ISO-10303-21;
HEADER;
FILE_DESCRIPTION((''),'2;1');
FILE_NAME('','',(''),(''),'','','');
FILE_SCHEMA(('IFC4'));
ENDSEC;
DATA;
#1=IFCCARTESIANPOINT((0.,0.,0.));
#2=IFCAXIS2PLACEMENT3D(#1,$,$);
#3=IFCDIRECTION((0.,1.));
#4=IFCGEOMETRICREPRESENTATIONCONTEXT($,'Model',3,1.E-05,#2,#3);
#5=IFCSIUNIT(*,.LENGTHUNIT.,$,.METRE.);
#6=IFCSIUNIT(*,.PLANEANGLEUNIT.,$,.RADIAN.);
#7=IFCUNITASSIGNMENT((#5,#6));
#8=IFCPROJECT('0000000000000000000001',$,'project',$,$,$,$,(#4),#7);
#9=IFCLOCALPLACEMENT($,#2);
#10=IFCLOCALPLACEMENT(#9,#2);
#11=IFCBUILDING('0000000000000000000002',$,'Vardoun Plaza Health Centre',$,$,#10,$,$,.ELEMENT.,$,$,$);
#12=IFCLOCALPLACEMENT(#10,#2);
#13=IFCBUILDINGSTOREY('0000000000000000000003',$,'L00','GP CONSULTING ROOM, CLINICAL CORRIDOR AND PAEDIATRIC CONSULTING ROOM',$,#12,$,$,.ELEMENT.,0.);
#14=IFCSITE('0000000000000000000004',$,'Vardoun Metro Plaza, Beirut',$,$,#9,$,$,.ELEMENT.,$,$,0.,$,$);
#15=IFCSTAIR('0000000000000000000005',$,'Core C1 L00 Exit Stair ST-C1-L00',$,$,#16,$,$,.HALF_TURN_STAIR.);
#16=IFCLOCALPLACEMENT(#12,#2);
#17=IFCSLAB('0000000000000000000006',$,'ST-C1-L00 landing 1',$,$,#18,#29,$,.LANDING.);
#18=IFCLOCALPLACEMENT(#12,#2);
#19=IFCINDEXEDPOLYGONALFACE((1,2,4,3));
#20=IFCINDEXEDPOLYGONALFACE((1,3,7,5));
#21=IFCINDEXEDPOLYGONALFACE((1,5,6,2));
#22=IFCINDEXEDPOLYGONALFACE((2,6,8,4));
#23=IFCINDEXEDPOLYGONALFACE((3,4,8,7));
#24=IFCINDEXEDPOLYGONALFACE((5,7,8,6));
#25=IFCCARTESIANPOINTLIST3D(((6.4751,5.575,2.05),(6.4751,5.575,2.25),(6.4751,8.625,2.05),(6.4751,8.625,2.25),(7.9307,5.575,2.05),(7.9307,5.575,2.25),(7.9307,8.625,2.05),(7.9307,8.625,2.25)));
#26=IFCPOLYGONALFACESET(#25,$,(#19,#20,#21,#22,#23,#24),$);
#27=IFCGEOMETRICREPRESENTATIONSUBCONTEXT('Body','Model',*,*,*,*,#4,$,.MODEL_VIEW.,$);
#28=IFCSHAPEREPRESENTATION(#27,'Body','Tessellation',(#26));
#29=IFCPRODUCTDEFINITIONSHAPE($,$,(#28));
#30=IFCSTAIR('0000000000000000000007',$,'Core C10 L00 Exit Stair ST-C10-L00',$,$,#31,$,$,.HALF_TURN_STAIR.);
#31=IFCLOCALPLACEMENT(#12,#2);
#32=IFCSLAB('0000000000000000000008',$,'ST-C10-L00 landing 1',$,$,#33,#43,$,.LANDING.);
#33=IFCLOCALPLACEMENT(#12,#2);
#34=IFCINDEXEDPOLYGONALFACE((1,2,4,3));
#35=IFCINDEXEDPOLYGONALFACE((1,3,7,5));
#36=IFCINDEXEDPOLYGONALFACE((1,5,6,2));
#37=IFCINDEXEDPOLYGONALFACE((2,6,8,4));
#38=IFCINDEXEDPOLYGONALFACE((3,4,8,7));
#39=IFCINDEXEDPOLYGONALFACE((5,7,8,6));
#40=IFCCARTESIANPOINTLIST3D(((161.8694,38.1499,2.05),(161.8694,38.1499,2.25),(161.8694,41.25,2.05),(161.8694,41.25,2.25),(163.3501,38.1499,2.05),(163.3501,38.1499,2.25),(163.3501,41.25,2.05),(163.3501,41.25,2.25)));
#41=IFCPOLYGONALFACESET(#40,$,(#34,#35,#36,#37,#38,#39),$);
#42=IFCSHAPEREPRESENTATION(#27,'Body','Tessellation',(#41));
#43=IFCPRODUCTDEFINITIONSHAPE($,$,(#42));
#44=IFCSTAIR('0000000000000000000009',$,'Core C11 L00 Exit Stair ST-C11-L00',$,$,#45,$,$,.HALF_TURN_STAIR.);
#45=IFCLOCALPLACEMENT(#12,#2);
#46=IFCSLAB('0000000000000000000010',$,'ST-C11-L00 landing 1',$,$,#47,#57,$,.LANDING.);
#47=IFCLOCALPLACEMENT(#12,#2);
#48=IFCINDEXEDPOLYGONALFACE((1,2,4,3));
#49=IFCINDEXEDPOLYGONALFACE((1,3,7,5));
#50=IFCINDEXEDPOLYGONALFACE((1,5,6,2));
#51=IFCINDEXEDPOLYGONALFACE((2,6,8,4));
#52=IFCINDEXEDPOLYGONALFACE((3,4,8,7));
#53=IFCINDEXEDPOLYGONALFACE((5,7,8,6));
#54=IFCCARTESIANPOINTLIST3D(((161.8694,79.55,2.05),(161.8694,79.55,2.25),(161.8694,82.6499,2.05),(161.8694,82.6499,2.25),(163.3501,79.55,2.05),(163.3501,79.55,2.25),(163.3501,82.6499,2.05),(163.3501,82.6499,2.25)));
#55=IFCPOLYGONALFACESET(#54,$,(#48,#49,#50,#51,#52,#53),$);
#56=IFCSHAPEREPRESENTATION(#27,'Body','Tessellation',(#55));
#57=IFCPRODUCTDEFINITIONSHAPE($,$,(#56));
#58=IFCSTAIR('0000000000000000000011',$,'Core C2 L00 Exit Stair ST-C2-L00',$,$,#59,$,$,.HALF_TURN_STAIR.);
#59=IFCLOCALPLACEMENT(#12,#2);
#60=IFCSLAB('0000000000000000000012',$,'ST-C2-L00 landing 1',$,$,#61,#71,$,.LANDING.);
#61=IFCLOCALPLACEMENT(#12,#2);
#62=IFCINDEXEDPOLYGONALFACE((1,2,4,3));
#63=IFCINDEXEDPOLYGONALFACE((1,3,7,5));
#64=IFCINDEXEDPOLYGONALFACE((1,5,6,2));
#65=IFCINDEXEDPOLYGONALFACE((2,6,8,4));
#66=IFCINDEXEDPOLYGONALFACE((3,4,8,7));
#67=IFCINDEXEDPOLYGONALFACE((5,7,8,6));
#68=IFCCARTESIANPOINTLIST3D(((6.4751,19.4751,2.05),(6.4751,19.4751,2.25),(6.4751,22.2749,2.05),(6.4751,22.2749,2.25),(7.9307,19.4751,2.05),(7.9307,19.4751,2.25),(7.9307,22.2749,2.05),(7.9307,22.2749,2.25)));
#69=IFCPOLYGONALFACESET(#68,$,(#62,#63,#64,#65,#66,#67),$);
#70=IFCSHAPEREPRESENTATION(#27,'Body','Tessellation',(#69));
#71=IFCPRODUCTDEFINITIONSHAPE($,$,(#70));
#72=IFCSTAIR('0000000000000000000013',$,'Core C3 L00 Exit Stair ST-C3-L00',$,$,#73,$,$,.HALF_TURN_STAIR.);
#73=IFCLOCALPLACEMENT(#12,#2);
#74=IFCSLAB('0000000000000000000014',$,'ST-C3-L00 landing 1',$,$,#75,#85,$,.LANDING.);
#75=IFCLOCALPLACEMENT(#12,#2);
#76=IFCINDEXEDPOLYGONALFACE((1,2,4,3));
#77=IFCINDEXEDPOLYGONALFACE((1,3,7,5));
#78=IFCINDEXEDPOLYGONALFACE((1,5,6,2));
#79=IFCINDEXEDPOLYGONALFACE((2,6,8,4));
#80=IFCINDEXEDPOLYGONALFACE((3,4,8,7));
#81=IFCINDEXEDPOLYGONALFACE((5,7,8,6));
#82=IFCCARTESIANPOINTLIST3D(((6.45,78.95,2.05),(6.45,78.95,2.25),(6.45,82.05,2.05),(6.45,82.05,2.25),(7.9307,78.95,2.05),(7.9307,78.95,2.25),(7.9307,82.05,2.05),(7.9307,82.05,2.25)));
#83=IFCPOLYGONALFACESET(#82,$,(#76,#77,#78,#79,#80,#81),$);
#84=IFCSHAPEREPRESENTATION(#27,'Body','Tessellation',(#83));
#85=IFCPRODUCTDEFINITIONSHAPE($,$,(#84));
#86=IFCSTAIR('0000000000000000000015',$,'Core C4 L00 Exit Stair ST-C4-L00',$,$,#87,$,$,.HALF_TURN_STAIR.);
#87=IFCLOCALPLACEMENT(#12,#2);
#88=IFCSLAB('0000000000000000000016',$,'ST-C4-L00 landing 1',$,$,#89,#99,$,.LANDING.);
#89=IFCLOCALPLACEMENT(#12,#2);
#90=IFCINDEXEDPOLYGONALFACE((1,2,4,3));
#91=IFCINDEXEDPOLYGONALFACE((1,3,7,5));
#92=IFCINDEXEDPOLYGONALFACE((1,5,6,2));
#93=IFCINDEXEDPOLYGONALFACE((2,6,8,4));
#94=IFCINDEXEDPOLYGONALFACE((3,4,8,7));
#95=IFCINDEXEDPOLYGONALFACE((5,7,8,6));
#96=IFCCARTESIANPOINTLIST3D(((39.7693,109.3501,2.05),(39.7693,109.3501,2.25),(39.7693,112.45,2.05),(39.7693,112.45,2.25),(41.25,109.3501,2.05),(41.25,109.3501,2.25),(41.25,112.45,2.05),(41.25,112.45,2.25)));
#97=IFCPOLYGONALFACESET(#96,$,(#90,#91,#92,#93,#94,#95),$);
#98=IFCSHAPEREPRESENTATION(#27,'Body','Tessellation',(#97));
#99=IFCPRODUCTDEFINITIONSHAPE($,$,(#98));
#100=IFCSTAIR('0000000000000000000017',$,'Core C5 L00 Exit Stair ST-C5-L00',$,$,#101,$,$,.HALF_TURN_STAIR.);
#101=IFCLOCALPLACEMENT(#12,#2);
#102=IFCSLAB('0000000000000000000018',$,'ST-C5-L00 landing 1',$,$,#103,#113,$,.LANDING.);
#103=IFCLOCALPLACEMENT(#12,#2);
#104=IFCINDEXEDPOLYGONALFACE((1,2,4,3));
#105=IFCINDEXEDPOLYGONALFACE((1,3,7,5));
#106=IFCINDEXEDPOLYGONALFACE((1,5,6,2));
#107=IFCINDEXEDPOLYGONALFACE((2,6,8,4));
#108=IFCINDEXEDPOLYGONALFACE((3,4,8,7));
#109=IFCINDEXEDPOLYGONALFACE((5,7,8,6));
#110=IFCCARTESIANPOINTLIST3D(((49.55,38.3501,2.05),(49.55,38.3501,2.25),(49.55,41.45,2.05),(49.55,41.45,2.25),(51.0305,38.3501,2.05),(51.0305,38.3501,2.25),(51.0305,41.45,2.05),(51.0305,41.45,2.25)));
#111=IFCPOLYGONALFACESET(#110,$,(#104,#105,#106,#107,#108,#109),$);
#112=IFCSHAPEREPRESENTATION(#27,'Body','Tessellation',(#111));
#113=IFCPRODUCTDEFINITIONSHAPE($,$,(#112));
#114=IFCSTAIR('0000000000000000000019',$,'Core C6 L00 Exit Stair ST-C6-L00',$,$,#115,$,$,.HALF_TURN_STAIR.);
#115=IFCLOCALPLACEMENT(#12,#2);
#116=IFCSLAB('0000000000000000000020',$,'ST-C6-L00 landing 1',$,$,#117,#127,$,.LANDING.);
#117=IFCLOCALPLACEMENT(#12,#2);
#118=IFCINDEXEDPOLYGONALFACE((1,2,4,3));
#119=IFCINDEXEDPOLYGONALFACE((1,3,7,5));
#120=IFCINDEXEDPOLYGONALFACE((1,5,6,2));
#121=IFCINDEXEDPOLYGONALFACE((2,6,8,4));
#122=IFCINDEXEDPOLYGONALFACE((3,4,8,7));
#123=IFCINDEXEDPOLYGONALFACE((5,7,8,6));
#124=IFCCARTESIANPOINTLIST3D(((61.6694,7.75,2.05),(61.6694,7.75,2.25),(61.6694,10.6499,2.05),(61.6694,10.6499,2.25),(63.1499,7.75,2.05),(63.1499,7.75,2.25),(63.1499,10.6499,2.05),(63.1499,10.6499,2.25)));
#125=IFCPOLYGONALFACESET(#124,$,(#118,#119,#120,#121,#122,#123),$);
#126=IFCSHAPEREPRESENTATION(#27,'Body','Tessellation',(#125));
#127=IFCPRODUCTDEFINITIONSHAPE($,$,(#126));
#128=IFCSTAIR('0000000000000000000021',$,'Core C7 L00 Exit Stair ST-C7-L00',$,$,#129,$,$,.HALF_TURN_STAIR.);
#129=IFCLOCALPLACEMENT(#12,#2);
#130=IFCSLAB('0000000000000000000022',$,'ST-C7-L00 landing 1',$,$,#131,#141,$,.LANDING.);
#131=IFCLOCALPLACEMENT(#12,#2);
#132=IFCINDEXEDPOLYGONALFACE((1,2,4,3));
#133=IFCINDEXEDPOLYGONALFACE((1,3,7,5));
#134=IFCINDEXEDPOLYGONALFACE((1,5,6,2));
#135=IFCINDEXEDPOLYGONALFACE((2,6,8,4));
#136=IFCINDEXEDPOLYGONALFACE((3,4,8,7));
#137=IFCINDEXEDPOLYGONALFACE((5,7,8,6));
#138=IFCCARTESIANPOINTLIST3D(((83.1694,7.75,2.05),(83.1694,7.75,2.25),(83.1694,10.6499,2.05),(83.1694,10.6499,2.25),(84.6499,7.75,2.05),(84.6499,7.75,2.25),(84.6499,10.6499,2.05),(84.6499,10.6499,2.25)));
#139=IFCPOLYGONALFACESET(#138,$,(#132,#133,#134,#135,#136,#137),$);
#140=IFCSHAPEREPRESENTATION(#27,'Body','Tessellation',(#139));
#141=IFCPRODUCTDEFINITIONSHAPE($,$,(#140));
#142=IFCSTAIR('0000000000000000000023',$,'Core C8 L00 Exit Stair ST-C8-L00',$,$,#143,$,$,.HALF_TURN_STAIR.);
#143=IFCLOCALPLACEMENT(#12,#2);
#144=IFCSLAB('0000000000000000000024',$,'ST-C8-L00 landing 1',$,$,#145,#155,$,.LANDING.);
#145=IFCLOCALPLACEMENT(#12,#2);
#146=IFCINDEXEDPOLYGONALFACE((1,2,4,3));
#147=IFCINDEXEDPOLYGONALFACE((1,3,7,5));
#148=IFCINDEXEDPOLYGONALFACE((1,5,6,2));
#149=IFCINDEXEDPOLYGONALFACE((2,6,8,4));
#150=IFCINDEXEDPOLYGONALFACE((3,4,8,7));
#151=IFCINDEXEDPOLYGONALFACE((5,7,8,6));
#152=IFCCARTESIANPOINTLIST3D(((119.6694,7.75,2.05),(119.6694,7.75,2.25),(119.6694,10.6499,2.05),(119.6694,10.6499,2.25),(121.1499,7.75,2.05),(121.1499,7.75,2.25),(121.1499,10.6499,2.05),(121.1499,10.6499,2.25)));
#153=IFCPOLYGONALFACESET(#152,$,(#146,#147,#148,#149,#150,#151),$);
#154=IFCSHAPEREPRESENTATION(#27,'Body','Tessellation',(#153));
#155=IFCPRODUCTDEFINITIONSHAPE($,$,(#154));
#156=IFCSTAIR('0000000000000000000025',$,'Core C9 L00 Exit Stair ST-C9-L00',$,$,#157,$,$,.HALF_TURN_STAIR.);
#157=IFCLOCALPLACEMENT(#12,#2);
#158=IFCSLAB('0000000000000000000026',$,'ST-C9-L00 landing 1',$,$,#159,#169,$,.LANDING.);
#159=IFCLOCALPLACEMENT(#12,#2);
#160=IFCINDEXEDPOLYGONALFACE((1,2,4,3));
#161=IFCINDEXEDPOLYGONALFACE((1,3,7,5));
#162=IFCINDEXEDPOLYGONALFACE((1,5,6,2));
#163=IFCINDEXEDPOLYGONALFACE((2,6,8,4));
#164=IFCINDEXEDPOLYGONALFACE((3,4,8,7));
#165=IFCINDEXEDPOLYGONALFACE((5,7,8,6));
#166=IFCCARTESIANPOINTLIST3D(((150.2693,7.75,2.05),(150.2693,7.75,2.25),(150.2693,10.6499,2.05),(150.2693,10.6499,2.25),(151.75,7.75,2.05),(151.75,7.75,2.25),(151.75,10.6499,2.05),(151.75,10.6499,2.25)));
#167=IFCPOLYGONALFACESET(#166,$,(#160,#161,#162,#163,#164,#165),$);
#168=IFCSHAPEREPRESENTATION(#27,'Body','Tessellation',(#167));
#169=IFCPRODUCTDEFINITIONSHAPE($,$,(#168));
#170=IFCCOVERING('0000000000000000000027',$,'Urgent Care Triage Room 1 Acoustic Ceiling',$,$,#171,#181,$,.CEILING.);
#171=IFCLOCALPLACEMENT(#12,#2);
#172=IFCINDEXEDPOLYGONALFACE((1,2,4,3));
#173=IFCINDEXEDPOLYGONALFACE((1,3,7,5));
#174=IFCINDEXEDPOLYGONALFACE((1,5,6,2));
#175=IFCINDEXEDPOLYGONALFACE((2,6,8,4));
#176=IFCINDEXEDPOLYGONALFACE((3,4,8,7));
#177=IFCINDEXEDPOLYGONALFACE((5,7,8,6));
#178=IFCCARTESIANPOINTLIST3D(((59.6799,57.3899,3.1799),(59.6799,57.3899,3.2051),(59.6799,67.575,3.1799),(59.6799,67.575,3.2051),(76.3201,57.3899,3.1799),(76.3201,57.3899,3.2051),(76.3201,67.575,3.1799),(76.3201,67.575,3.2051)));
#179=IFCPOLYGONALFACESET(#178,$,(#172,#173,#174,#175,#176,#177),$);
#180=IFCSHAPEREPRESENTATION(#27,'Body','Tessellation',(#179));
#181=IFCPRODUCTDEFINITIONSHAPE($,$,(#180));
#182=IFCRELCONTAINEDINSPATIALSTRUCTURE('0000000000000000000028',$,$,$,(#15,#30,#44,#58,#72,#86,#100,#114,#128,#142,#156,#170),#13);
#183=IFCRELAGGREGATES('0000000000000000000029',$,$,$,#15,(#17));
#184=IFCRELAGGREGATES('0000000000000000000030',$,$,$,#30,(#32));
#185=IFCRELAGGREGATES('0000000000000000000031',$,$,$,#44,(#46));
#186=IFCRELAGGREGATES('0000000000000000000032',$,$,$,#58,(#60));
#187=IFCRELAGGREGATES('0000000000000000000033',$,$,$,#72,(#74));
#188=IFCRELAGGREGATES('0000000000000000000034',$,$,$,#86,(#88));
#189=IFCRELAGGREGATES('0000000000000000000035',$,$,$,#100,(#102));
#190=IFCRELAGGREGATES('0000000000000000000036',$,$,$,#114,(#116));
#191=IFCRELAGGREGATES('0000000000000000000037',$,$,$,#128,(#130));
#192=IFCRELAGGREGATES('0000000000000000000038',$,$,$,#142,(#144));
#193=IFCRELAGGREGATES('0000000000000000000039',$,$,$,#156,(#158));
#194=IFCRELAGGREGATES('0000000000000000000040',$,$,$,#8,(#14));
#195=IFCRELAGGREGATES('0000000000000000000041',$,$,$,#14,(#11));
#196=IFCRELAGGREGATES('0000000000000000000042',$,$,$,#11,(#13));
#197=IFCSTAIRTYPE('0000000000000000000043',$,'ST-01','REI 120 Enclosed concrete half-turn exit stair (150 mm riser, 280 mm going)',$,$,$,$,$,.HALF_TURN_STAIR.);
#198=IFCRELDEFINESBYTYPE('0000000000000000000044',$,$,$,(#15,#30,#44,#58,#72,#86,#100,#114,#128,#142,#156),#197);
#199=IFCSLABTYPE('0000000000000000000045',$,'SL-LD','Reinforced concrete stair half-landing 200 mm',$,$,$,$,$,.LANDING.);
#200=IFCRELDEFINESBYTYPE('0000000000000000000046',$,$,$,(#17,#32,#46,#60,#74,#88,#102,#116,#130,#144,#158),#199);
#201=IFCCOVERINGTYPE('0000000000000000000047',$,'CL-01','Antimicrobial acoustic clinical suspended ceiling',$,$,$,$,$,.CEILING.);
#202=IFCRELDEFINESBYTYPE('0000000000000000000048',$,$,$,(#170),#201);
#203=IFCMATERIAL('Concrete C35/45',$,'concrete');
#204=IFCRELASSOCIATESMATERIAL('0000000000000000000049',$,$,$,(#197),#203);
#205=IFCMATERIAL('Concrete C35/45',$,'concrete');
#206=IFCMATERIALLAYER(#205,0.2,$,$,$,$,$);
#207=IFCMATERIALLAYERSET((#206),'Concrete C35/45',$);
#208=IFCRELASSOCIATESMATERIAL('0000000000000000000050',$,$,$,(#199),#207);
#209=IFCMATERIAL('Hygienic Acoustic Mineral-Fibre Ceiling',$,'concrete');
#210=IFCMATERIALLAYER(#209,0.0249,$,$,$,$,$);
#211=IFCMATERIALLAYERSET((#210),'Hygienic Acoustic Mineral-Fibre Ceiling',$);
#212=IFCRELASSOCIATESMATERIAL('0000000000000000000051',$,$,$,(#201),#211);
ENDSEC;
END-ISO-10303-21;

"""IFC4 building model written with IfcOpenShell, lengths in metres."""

from ifc_helpers import new_model, si_unit, direction, frame, origin, place, context, subcontext, project, spatial, polyline, outline, extrude, material, layer, layer_set, type_object, element, aggregate, save


model = new_model("IFC4")

# Units and contexts
model_context = context("Model", 3, precision=1e-05, world=origin(), true_north=direction((0.0, 1.0)))
body_context = subcontext(model_context, "Body", "Model", "MODEL_VIEW")
ifc_project = project(units=[si_unit("LENGTHUNIT", "METRE"), si_unit("PLANEANGLEUNIT", "RADIAN")], contexts=[model_context])

# Site, building, storey
site_placement = place(None, origin())
site = spatial("IfcSite", under=ifc_project, at=site_placement, Name="Vardoun Metro Plaza, Beirut", CompositionType="ELEMENT", RefElevation=0.0)
building_placement = place(site_placement, origin())
building = spatial("IfcBuilding", under=site, at=building_placement, Name="Vardoun Plaza Health Centre", CompositionType="ELEMENT")
storey_placement = place(building_placement, origin())
storey = spatial("IfcBuildingStorey", under=building, at=storey_placement, Name="L00", Description="GP CONSULTING ROOM, CLINICAL CORRIDOR AND PAEDIATRIC CONSULTING ROOM", CompositionType="ELEMENT", Elevation=0.0)

# Stairs, slabs
ifc_material_1 = material(Name="Concrete C35/45", Category="concrete")
stair_type = type_object("IfcStairType", Name="ST-01", Description="REI 120 Enclosed concrete half-turn exit stair (150 mm riser, 280 mm going)", PredefinedType="HALF_TURN_STAIR", material=ifc_material_1)
stair_1_placement = place(storey_placement, origin())
stair_1 = element("IfcStair", 1, at=stair_1_placement, inside=storey, type_object=stair_type, Name="Core C1 L00 Exit Stair ST-C1-L00", PredefinedType="HALF_TURN_STAIR")
ifc_material_2 = material(Name="Concrete C35/45", Category="concrete")
ifc_layer_1 = layer(ifc_material_2, 0.2)
ifc_layer_set_1 = layer_set([ifc_layer_1], Name="Concrete C35/45")
slab_type = type_object("IfcSlabType", Name="SL-LD", Description="Reinforced concrete stair half-landing 200 mm", PredefinedType="LANDING", material=ifc_layer_set_1)
slab_1_placement = place(storey_placement, frame((0.0, 0.0, 2.05)))
slab_1 = element("IfcSlab", 2, at=slab_1_placement, type_object=slab_type, Name="ST-C1-L00 landing 1", PredefinedType="LANDING", context=body_context, shape_type="SweptSolid", body=[
    extrude(outline(polyline([(6.4751, 5.575), (7.9307, 5.575), (7.9307, 8.625), (6.4751, 8.625), (6.4751, 5.575)])), origin(), (0.0, 0.0, 1.0), 0.2),
])
aggregate(stair_1, [slab_1])
stair_2_placement = place(storey_placement, origin())
stair_2 = element("IfcStair", 3, at=stair_2_placement, inside=storey, type_object=stair_type, Name="Core C10 L00 Exit Stair ST-C10-L00", PredefinedType="HALF_TURN_STAIR")
slab_2_placement = place(storey_placement, frame((0.0, 0.0, 2.05)))
slab_2 = element("IfcSlab", 4, at=slab_2_placement, type_object=slab_type, Name="ST-C10-L00 landing 1", PredefinedType="LANDING", context=body_context, shape_type="SweptSolid", body=[
    extrude(outline(polyline([(161.8694, 38.1499), (163.3501, 38.1499), (163.3501, 41.25), (161.8694, 41.25), (161.8694, 38.1499)])), origin(), (0.0, 0.0, 1.0), 0.2),
])
aggregate(stair_2, [slab_2])
stair_3_placement = place(storey_placement, origin())
stair_3 = element("IfcStair", 5, at=stair_3_placement, inside=storey, type_object=stair_type, Name="Core C11 L00 Exit Stair ST-C11-L00", PredefinedType="HALF_TURN_STAIR")
slab_3_placement = place(storey_placement, frame((0.0, 0.0, 2.05)))
slab_3 = element("IfcSlab", 6, at=slab_3_placement, type_object=slab_type, Name="ST-C11-L00 landing 1", PredefinedType="LANDING", context=body_context, shape_type="SweptSolid", body=[
    extrude(outline(polyline([(161.8694, 79.55), (163.3501, 79.55), (163.3501, 82.6499), (161.8694, 82.6499), (161.8694, 79.55)])), origin(), (0.0, 0.0, 1.0), 0.2),
])
aggregate(stair_3, [slab_3])
stair_4_placement = place(storey_placement, origin())
stair_4 = element("IfcStair", 7, at=stair_4_placement, inside=storey, type_object=stair_type, Name="Core C2 L00 Exit Stair ST-C2-L00", PredefinedType="HALF_TURN_STAIR")
slab_4_placement = place(storey_placement, frame((0.0, 0.0, 2.05)))
slab_4 = element("IfcSlab", 8, at=slab_4_placement, type_object=slab_type, Name="ST-C2-L00 landing 1", PredefinedType="LANDING", context=body_context, shape_type="SweptSolid", body=[
    extrude(outline(polyline([(6.4751, 19.4751), (7.9307, 19.4751), (7.9307, 22.2749), (6.4751, 22.2749), (6.4751, 19.4751)])), origin(), (0.0, 0.0, 1.0), 0.2),
])
aggregate(stair_4, [slab_4])
stair_5_placement = place(storey_placement, origin())
stair_5 = element("IfcStair", 9, at=stair_5_placement, inside=storey, type_object=stair_type, Name="Core C3 L00 Exit Stair ST-C3-L00", PredefinedType="HALF_TURN_STAIR")
slab_5_placement = place(storey_placement, frame((0.0, 0.0, 2.05)))
slab_5 = element("IfcSlab", 10, at=slab_5_placement, type_object=slab_type, Name="ST-C3-L00 landing 1", PredefinedType="LANDING", context=body_context, shape_type="SweptSolid", body=[
    extrude(outline(polyline([(6.45, 78.95), (7.9307, 78.95), (7.9307, 82.05), (6.45, 82.05), (6.45, 78.95)])), origin(), (0.0, 0.0, 1.0), 0.2),
])
aggregate(stair_5, [slab_5])
stair_6_placement = place(storey_placement, origin())
stair_6 = element("IfcStair", 11, at=stair_6_placement, inside=storey, type_object=stair_type, Name="Core C4 L00 Exit Stair ST-C4-L00", PredefinedType="HALF_TURN_STAIR")
slab_6_placement = place(storey_placement, frame((0.0, 0.0, 2.05)))
slab_6 = element("IfcSlab", 12, at=slab_6_placement, type_object=slab_type, Name="ST-C4-L00 landing 1", PredefinedType="LANDING", context=body_context, shape_type="SweptSolid", body=[
    extrude(outline(polyline([(39.7693, 109.3501), (41.25, 109.3501), (41.25, 112.45), (39.7693, 112.45), (39.7693, 109.3501)])), origin(), (0.0, 0.0, 1.0), 0.2),
])
aggregate(stair_6, [slab_6])
stair_7_placement = place(storey_placement, origin())
stair_7 = element("IfcStair", 13, at=stair_7_placement, inside=storey, type_object=stair_type, Name="Core C5 L00 Exit Stair ST-C5-L00", PredefinedType="HALF_TURN_STAIR")
slab_7_placement = place(storey_placement, frame((0.0, 0.0, 2.05)))
slab_7 = element("IfcSlab", 14, at=slab_7_placement, type_object=slab_type, Name="ST-C5-L00 landing 1", PredefinedType="LANDING", context=body_context, shape_type="SweptSolid", body=[
    extrude(outline(polyline([(49.55, 38.3501), (51.0305, 38.3501), (51.0305, 41.45), (49.55, 41.45), (49.55, 38.3501)])), origin(), (0.0, 0.0, 1.0), 0.2),
])
aggregate(stair_7, [slab_7])
stair_8_placement = place(storey_placement, origin())
stair_8 = element("IfcStair", 15, at=stair_8_placement, inside=storey, type_object=stair_type, Name="Core C6 L00 Exit Stair ST-C6-L00", PredefinedType="HALF_TURN_STAIR")
slab_8_placement = place(storey_placement, frame((0.0, 0.0, 2.05)))
slab_8 = element("IfcSlab", 16, at=slab_8_placement, type_object=slab_type, Name="ST-C6-L00 landing 1", PredefinedType="LANDING", context=body_context, shape_type="SweptSolid", body=[
    extrude(outline(polyline([(61.6694, 7.75), (63.1499, 7.75), (63.1499, 10.6499), (61.6694, 10.6499), (61.6694, 7.75)])), origin(), (0.0, 0.0, 1.0), 0.2),
])
aggregate(stair_8, [slab_8])
stair_9_placement = place(storey_placement, origin())
stair_9 = element("IfcStair", 17, at=stair_9_placement, inside=storey, type_object=stair_type, Name="Core C7 L00 Exit Stair ST-C7-L00", PredefinedType="HALF_TURN_STAIR")
slab_9_placement = place(storey_placement, frame((0.0, 0.0, 2.05)))
slab_9 = element("IfcSlab", 18, at=slab_9_placement, type_object=slab_type, Name="ST-C7-L00 landing 1", PredefinedType="LANDING", context=body_context, shape_type="SweptSolid", body=[
    extrude(outline(polyline([(83.1694, 7.75), (84.6499, 7.75), (84.6499, 10.6499), (83.1694, 10.6499), (83.1694, 7.75)])), origin(), (0.0, 0.0, 1.0), 0.2),
])
aggregate(stair_9, [slab_9])
stair_10_placement = place(storey_placement, origin())
stair_10 = element("IfcStair", 19, at=stair_10_placement, inside=storey, type_object=stair_type, Name="Core C8 L00 Exit Stair ST-C8-L00", PredefinedType="HALF_TURN_STAIR")
slab_10_placement = place(storey_placement, frame((0.0, 0.0, 2.05)))
slab_10 = element("IfcSlab", 20, at=slab_10_placement, type_object=slab_type, Name="ST-C8-L00 landing 1", PredefinedType="LANDING", context=body_context, shape_type="SweptSolid", body=[
    extrude(outline(polyline([(119.6694, 7.75), (121.1499, 7.75), (121.1499, 10.6499), (119.6694, 10.6499), (119.6694, 7.75)])), origin(), (0.0, 0.0, 1.0), 0.2),
])
aggregate(stair_10, [slab_10])
stair_11_placement = place(storey_placement, origin())
stair_11 = element("IfcStair", 21, at=stair_11_placement, inside=storey, type_object=stair_type, Name="Core C9 L00 Exit Stair ST-C9-L00", PredefinedType="HALF_TURN_STAIR")
slab_11_placement = place(storey_placement, frame((0.0, 0.0, 2.05)))
slab_11 = element("IfcSlab", 22, at=slab_11_placement, type_object=slab_type, Name="ST-C9-L00 landing 1", PredefinedType="LANDING", context=body_context, shape_type="SweptSolid", body=[
    extrude(outline(polyline([(150.2693, 7.75), (151.75, 7.75), (151.75, 10.6499), (150.2693, 10.6499), (150.2693, 7.75)])), origin(), (0.0, 0.0, 1.0), 0.2),
])
aggregate(stair_11, [slab_11])

# Covering
ifc_material_3 = material(Name="Hygienic Acoustic Mineral-Fibre Ceiling", Category="concrete")
ifc_layer_2 = layer(ifc_material_3, 0.0249)
ifc_layer_set_2 = layer_set([ifc_layer_2], Name="Hygienic Acoustic Mineral-Fibre Ceiling")
covering_type_1 = type_object("IfcCoveringType", Name="CL-01", Description="Antimicrobial acoustic clinical suspended ceiling", PredefinedType="CEILING", material=ifc_layer_set_2)
covering_1_placement = place(storey_placement, frame((0.0, 0.0, 3.1799)))
element("IfcCovering", 23, at=covering_1_placement, inside=storey, type_object=covering_type_1, Name="Urgent Care Triage Room 1 Acoustic Ceiling", PredefinedType="CEILING", context=body_context, shape_type="SweptSolid", body=[
    extrude(outline(polyline([(59.6799, 57.3899), (59.6799, 67.575), (76.3201, 67.575), (76.3201, 57.3899), (59.6799, 57.3899)])), origin(), (0.0, 0.0, 1.0), 0.0251),
])

save(model, "model.ifc")
